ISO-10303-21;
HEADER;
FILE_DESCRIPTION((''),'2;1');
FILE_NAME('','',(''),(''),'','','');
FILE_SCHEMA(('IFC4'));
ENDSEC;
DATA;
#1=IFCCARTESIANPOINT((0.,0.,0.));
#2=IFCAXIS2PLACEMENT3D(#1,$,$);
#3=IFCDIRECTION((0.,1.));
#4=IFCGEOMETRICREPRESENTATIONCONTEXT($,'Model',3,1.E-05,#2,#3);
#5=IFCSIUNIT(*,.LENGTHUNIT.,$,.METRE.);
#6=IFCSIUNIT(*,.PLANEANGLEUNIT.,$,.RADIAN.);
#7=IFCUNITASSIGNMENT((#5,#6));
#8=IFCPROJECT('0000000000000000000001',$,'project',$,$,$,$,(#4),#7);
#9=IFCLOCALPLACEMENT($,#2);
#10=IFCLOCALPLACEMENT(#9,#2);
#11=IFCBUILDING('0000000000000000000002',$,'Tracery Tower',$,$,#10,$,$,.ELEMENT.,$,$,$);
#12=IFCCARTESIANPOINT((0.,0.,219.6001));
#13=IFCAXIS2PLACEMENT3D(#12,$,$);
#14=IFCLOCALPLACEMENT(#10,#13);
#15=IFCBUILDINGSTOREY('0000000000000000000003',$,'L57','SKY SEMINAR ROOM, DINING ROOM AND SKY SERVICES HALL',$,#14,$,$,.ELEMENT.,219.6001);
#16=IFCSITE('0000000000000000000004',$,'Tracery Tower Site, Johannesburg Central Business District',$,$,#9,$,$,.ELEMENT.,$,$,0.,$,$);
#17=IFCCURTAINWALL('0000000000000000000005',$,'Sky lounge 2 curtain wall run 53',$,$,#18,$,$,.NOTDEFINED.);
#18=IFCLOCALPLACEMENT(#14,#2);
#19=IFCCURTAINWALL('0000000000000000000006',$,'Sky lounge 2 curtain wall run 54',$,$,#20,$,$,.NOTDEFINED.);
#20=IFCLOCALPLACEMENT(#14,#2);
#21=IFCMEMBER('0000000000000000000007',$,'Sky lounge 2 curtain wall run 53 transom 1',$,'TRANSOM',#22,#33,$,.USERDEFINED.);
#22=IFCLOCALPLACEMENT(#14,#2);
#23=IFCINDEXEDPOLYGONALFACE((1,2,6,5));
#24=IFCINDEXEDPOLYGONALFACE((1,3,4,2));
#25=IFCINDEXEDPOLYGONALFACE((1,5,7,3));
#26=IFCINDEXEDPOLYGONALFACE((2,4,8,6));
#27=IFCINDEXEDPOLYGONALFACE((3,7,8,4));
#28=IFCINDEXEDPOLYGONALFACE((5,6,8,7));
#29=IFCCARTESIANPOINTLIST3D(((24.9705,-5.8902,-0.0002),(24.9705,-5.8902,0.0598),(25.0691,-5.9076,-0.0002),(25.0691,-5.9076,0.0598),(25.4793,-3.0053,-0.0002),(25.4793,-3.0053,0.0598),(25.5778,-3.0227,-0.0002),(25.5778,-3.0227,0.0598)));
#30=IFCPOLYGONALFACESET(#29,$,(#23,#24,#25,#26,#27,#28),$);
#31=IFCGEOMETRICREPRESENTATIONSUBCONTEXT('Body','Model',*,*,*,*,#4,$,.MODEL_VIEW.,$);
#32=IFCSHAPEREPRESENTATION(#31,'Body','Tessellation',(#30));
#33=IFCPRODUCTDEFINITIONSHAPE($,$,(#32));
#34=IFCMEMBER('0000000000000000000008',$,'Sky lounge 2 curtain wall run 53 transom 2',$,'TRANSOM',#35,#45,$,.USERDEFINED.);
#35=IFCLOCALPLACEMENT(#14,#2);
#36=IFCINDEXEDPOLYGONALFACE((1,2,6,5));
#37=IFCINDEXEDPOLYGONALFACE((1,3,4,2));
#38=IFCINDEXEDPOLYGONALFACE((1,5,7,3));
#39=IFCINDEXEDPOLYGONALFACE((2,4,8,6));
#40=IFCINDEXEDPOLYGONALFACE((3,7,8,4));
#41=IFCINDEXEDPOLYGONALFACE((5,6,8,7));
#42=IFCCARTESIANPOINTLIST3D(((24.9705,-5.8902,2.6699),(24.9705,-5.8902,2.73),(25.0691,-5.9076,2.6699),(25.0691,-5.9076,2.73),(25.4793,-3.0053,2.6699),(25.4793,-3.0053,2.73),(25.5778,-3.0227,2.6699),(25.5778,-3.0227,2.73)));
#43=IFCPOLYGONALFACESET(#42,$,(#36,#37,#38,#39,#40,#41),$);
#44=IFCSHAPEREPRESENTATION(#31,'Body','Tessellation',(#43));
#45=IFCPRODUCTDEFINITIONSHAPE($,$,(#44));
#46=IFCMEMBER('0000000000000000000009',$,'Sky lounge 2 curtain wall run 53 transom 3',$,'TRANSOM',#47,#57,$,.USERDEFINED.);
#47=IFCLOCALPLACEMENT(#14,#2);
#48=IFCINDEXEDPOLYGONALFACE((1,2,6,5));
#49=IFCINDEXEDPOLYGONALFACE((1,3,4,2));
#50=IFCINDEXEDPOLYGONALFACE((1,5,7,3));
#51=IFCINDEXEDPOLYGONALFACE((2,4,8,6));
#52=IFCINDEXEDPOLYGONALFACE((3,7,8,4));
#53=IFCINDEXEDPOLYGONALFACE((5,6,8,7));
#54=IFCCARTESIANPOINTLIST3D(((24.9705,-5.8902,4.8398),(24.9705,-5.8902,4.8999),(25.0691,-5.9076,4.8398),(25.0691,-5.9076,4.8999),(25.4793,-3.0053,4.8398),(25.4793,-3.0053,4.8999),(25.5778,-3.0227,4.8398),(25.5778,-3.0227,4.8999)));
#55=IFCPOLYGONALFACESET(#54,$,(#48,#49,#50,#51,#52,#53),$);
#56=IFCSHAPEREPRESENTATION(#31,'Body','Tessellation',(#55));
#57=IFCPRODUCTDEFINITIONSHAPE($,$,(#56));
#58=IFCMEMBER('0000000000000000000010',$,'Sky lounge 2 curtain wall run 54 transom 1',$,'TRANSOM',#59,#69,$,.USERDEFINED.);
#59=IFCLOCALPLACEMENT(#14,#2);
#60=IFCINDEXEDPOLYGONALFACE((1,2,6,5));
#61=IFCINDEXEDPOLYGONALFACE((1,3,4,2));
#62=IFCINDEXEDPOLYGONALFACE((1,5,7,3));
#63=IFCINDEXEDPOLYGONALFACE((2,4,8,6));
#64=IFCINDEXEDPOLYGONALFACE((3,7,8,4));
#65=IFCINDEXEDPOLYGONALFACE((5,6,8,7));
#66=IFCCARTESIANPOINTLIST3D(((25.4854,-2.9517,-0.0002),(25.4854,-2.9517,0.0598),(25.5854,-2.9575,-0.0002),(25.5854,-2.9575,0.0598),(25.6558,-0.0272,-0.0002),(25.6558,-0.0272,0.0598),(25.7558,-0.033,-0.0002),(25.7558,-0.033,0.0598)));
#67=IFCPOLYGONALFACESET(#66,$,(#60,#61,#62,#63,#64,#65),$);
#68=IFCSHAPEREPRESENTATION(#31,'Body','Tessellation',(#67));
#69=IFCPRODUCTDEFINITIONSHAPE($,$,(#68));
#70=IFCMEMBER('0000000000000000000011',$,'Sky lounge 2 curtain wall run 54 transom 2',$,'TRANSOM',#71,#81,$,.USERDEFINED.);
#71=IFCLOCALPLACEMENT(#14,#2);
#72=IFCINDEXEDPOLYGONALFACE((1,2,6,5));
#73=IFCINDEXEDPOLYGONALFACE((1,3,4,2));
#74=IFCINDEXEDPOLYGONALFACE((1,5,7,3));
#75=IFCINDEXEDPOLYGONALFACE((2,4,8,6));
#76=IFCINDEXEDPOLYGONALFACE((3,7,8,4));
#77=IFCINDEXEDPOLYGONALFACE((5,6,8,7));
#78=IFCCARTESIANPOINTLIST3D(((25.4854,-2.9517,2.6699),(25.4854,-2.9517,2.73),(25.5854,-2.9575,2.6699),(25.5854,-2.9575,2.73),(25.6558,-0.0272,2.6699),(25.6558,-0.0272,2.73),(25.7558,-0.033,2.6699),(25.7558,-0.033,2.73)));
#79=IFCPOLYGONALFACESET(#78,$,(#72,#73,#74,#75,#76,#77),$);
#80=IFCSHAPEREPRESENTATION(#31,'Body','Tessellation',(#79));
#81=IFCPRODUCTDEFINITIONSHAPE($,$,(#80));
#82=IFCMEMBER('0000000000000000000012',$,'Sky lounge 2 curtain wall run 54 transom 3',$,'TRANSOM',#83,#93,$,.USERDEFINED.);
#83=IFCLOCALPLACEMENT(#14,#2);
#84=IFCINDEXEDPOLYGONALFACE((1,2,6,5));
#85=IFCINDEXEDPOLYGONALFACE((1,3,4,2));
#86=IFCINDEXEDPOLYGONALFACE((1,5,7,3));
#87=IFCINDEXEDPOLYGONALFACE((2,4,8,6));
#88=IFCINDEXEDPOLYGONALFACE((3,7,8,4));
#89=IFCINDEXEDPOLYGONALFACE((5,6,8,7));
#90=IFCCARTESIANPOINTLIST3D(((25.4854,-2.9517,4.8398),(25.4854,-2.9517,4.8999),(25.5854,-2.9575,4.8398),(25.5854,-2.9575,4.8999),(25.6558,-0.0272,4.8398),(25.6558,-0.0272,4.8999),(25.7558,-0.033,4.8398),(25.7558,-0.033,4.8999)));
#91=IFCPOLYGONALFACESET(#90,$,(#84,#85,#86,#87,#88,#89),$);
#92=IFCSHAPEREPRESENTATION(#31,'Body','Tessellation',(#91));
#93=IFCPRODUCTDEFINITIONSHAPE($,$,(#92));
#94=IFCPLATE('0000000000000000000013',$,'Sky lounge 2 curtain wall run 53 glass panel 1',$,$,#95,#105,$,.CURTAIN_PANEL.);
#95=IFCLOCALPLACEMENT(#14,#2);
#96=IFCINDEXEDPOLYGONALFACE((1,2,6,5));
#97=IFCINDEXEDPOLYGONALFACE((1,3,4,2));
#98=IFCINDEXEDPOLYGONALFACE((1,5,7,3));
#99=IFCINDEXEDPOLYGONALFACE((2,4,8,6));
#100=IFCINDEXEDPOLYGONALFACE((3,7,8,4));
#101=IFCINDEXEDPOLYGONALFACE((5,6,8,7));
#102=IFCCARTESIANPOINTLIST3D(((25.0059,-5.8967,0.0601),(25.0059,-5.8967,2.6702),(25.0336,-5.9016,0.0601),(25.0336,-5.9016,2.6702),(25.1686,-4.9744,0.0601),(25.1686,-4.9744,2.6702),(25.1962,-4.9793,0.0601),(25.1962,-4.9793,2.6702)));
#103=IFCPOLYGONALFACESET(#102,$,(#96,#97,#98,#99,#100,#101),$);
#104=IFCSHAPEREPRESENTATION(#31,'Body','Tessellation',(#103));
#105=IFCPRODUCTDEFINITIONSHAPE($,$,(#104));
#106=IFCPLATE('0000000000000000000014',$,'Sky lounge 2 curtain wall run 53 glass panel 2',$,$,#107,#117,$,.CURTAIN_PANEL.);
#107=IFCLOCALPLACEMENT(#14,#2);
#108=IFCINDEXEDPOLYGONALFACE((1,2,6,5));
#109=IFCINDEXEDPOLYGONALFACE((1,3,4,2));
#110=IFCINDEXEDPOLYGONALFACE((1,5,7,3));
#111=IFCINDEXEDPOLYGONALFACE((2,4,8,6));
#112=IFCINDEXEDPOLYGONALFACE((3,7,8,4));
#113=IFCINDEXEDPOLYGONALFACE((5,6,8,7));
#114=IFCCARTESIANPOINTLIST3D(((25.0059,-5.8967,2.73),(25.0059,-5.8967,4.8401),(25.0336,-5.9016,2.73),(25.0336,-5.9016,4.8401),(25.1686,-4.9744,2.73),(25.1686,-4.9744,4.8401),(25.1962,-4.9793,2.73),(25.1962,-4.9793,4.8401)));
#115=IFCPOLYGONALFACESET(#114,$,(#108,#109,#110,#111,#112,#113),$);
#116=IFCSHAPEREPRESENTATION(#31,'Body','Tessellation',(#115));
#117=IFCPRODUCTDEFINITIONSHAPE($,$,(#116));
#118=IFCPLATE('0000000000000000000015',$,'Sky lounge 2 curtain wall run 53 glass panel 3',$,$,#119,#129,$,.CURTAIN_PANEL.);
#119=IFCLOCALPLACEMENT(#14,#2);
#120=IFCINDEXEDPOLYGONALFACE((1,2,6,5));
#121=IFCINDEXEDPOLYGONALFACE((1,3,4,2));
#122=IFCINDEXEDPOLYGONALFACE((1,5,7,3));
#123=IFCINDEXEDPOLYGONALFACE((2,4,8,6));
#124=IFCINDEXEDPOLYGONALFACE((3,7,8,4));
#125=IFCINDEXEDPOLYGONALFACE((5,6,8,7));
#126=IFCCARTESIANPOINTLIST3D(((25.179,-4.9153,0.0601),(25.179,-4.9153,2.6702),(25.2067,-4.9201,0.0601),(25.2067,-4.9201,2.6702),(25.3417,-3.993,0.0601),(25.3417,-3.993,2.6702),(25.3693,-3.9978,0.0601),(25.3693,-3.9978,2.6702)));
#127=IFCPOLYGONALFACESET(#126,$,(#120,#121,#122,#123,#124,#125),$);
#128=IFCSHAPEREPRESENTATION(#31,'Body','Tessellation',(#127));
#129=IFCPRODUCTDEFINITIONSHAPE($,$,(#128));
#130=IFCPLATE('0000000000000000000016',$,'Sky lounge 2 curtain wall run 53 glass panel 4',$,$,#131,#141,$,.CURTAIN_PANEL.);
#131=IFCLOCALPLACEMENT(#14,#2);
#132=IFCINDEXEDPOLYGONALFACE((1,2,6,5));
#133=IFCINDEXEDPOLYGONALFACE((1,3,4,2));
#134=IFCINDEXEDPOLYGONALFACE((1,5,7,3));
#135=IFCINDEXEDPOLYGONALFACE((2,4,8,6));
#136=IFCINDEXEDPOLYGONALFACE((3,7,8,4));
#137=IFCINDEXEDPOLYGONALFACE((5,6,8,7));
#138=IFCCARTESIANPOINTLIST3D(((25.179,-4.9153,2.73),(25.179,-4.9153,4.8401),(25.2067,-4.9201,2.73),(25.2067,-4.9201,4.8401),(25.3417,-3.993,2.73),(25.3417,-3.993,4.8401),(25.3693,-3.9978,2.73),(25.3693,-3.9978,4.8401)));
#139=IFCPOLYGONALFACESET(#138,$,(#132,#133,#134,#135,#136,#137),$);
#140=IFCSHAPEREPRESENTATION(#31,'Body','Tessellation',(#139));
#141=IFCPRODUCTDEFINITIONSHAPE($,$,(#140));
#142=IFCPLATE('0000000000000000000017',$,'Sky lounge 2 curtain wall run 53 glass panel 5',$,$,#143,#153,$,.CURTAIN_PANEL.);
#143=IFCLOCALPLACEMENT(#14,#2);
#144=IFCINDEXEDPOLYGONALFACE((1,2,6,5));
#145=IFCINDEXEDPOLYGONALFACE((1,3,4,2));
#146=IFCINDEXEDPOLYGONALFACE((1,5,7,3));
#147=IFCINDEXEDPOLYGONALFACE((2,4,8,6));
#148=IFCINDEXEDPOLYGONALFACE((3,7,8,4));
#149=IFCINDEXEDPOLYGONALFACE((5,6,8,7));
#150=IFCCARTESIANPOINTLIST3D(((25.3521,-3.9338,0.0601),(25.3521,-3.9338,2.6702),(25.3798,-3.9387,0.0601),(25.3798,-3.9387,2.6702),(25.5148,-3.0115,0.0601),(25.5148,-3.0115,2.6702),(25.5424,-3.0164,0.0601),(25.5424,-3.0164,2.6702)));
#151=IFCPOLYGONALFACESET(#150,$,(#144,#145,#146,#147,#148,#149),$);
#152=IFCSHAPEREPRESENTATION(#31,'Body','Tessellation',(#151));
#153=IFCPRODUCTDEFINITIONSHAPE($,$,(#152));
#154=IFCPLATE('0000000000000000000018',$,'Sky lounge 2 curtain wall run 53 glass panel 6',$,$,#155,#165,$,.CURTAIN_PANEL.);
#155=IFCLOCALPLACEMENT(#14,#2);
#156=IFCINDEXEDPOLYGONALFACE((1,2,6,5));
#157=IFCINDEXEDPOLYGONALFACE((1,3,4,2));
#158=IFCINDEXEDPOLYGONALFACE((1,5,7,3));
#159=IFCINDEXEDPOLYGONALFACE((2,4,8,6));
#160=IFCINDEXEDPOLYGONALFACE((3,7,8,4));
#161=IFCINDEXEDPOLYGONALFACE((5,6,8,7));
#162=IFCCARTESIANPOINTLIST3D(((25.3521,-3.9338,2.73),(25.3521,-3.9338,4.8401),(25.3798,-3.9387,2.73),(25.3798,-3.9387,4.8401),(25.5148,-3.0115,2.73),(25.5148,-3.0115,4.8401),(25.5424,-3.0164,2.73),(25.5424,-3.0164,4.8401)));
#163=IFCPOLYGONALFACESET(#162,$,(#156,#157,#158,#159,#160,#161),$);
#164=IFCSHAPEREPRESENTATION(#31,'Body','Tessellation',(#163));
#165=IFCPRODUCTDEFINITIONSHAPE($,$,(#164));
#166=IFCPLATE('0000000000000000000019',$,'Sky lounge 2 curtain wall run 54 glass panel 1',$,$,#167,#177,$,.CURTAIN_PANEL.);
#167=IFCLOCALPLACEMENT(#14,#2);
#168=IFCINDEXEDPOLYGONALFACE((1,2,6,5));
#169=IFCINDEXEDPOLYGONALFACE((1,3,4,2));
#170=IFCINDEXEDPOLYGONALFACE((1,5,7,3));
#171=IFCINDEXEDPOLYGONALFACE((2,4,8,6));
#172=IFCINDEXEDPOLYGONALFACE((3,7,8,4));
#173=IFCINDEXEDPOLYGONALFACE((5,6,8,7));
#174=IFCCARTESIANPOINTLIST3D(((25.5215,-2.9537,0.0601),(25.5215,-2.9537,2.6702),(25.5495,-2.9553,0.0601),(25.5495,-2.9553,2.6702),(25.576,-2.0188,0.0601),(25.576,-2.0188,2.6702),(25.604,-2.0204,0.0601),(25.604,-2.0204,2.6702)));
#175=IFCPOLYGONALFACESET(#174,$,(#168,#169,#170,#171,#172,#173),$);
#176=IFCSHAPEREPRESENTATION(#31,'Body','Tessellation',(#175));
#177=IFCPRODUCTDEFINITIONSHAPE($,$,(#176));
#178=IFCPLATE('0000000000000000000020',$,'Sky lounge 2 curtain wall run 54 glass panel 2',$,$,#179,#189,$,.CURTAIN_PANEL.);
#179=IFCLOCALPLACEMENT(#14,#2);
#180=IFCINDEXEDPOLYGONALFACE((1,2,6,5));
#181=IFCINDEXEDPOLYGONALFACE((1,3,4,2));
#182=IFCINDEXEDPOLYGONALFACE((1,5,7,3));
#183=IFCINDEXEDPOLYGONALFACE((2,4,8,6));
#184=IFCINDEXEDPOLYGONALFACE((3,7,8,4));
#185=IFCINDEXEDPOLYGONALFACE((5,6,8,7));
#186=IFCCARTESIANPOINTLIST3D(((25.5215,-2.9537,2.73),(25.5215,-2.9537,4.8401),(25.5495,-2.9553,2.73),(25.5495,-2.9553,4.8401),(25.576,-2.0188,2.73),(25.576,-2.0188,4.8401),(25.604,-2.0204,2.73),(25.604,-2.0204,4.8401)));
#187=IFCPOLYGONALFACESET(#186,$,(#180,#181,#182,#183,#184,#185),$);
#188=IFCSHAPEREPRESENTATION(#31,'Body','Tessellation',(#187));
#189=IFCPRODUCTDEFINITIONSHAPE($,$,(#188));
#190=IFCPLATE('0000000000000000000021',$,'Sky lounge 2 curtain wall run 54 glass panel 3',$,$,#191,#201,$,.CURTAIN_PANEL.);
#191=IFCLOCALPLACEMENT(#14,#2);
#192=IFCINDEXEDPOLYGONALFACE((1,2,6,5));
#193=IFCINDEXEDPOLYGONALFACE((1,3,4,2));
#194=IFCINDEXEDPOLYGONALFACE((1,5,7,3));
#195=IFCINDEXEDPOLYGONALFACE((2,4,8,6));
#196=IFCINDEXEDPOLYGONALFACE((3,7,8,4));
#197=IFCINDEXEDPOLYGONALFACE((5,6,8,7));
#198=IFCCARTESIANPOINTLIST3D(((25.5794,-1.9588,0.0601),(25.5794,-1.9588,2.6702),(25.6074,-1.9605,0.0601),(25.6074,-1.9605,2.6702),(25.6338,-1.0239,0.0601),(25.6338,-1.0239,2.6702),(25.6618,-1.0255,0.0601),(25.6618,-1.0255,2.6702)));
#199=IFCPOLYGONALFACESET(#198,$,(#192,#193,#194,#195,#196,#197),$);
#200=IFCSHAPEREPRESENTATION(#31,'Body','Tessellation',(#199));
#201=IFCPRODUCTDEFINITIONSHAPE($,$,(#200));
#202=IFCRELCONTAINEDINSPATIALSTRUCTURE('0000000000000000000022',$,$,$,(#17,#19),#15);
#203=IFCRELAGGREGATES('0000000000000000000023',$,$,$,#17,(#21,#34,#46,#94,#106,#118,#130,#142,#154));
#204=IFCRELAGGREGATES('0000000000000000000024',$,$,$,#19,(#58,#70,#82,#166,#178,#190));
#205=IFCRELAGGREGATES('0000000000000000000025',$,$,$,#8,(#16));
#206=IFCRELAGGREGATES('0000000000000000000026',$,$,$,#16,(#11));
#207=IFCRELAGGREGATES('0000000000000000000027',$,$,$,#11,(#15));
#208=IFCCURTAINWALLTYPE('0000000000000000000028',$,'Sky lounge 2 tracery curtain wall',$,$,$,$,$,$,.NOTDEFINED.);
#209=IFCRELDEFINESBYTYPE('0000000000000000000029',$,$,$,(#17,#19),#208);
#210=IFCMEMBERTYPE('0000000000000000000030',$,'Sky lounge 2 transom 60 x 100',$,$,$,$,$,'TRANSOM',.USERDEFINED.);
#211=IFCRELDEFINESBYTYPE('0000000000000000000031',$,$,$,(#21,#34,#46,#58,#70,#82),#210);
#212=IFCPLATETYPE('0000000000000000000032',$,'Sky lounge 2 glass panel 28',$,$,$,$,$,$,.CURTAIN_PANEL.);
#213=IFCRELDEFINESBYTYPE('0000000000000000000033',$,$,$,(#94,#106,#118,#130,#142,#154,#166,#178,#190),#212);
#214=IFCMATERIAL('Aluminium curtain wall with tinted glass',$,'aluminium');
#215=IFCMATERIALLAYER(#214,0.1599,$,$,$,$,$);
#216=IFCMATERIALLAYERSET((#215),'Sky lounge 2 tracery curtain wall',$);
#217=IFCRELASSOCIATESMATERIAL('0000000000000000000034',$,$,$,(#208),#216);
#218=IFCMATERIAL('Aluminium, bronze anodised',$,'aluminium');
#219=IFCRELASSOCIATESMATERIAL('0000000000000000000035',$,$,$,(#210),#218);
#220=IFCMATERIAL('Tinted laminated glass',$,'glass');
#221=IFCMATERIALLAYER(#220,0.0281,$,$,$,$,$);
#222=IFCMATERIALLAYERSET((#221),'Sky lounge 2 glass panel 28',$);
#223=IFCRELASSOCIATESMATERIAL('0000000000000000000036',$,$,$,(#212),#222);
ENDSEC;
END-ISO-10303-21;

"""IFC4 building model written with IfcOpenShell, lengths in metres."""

from ifc_helpers import new_model, si_unit, direction, frame, origin, origin_2d, place, context, subcontext, project, spatial, rectangle, extrude, material, layer, layer_set, material_profile, profile_set, type_object, element, aggregate, save


model = new_model("IFC4")

# Units and contexts
model_context = context("Model", 3, precision=1e-05, world=origin(), true_north=direction((0.0, 1.0)))
body_context = subcontext(model_context, "Body", "Model", "MODEL_VIEW")
ifc_project = project(units=[si_unit("LENGTHUNIT", "METRE"), si_unit("PLANEANGLEUNIT", "RADIAN")], contexts=[model_context])

# Site, building, storey
site_placement = place(None, origin())
site = spatial("IfcSite", under=ifc_project, at=site_placement, Name="Tracery Tower Site, Johannesburg Central Business District", CompositionType="ELEMENT", RefElevation=0.0)
building_placement = place(site_placement, origin())
building = spatial("IfcBuilding", under=site, at=building_placement, Name="Tracery Tower", CompositionType="ELEMENT")
storey_placement = place(building_placement, frame((0.0, 0.0, 219.6001)))
storey = spatial("IfcBuildingStorey", under=building, at=storey_placement, Name="L57", Description="SKY SEMINAR ROOM, DINING ROOM AND SKY SERVICES HALL", CompositionType="ELEMENT", Elevation=219.6001)

# Curtain walls
ifc_material_1 = material(Name="Aluminium curtain wall with tinted glass", Category="aluminium")
ifc_layer_1 = layer(ifc_material_1, 0.1599)
ifc_layer_set_1 = layer_set([ifc_layer_1], Name="Sky lounge 2 tracery curtain wall")
curtain_wall_type = type_object("IfcCurtainWallType", Name="Sky lounge 2 tracery curtain wall", PredefinedType="NOTDEFINED", material=ifc_layer_set_1)
curtain_wall_1_placement = place(storey_placement, origin())
curtain_wall_1 = element("IfcCurtainWall", 1, at=curtain_wall_1_placement, inside=storey, type_object=curtain_wall_type, Name="Sky lounge 2 curtain wall run 53", PredefinedType="NOTDEFINED")
curtain_wall_2_placement = place(storey_placement, origin())
curtain_wall_2 = element("IfcCurtainWall", 2, at=curtain_wall_2_placement, inside=storey, type_object=curtain_wall_type, Name="Sky lounge 2 curtain wall run 54", PredefinedType="NOTDEFINED")

# Members
ifc_material_2 = material(Name="Aluminium, bronze anodised", Category="aluminium")
ifc_material_profile_1 = material_profile(ifc_material_2, rectangle(XDim=0.1001, YDim=0.0601, at=origin_2d()), Name="AL 60x100")
ifc_profile_set_1 = profile_set([ifc_material_profile_1], Name="Aluminium, bronze anodised")
member_type_1 = type_object("IfcMemberType", Name="Sky lounge 2 transom 60 x 100", ElementType="TRANSOM", PredefinedType="USERDEFINED", material=ifc_profile_set_1)
member_1_placement = place(storey_placement, frame((25.0198, -5.8989, 0.0298), z_axis=(0.173676, 0.984803, 0.0), x_axis=(-0.984803, 0.173676, 0.0)))
member_1 = element("IfcMember", 3, at=member_1_placement, type_object=member_type_1, Name="Sky lounge 2 curtain wall run 53 transom 1", ObjectType="TRANSOM", PredefinedType="USERDEFINED", context=body_context, shape_type="SweptSolid", body=[
    extrude(rectangle(XDim=0.1001, YDim=0.0601, at=origin_2d()), origin(), (0.0, 0.0, 1.0), 2.9294),
])
member_2_placement = place(storey_placement, frame((25.0198, -5.8989, 2.7), z_axis=(0.173676, 0.984803, 0.0), x_axis=(-0.984803, 0.173676, 0.0)))
member_2 = element("IfcMember", 4, at=member_2_placement, type_object=member_type_1, Name="Sky lounge 2 curtain wall run 53 transom 2", ObjectType="TRANSOM", PredefinedType="USERDEFINED", context=body_context, shape_type="SweptSolid", body=[
    extrude(rectangle(XDim=0.1001, YDim=0.0601, at=origin_2d()), origin(), (0.0, 0.0, 1.0), 2.9294),
])
member_3_placement = place(storey_placement, frame((25.0198, -5.8989, 4.8699), z_axis=(0.173676, 0.984803, 0.0), x_axis=(-0.984803, 0.173676, 0.0)))
member_3 = element("IfcMember", 5, at=member_3_placement, type_object=member_type_1, Name="Sky lounge 2 curtain wall run 53 transom 3", ObjectType="TRANSOM", PredefinedType="USERDEFINED", context=body_context, shape_type="SweptSolid", body=[
    extrude(rectangle(XDim=0.1001, YDim=0.0601, at=origin_2d()), origin(), (0.0, 0.0, 1.0), 2.9294),
])
member_4_placement = place(storey_placement, frame((25.5354, -2.9546, 0.0298), z_axis=(0.05817, 0.998307, 0.0), x_axis=(-0.998307, 0.05817, 0.0)))
member_4 = element("IfcMember", 6, at=member_4_placement, type_object=member_type_1, Name="Sky lounge 2 curtain wall run 54 transom 1", ObjectType="TRANSOM", PredefinedType="USERDEFINED", context=body_context, shape_type="SweptSolid", body=[
    extrude(rectangle(XDim=0.1001, YDim=0.0601, at=origin_2d()), origin(), (0.0, 0.0, 1.0), 2.9294),
])
member_5_placement = place(storey_placement, frame((25.5354, -2.9546, 2.7), z_axis=(0.05817, 0.998307, 0.0), x_axis=(-0.998307, 0.05817, 0.0)))
member_5 = element("IfcMember", 7, at=member_5_placement, type_object=member_type_1, Name="Sky lounge 2 curtain wall run 54 transom 2", ObjectType="TRANSOM", PredefinedType="USERDEFINED", context=body_context, shape_type="SweptSolid", body=[
    extrude(rectangle(XDim=0.1001, YDim=0.0601, at=origin_2d()), origin(), (0.0, 0.0, 1.0), 2.9294),
])
member_6_placement = place(storey_placement, frame((25.5354, -2.9546, 4.8699), z_axis=(0.05817, 0.998307, 0.0), x_axis=(-0.998307, 0.05817, 0.0)))
member_6 = element("IfcMember", 8, at=member_6_placement, type_object=member_type_1, Name="Sky lounge 2 curtain wall run 54 transom 3", ObjectType="TRANSOM", PredefinedType="USERDEFINED", context=body_context, shape_type="SweptSolid", body=[
    extrude(rectangle(XDim=0.1001, YDim=0.0601, at=origin_2d()), origin(), (0.0, 0.0, 1.0), 2.9294),
])

# Plates
ifc_material_3 = material(Name="Tinted laminated glass", Category="glass")
ifc_layer_2 = layer(ifc_material_3, 0.0281)
ifc_layer_set_2 = layer_set([ifc_layer_2], Name="Sky lounge 2 glass panel 28")
plate_type = type_object("IfcPlateType", Name="Sky lounge 2 glass panel 28", PredefinedType="CURTAIN_PANEL", material=ifc_layer_set_2)
plate_1_placement = place(storey_placement, frame((25.1011, -5.438, 0.0601), z_axis=(0.0, 0.0, 1.0), x_axis=(0.173648, 0.984808, 0.0)))
plate_1 = element("IfcPlate", 9, at=plate_1_placement, type_object=plate_type, Name="Sky lounge 2 curtain wall run 53 glass panel 1", PredefinedType="CURTAIN_PANEL", context=body_context, shape_type="SweptSolid", body=[
    extrude(rectangle(XDim=0.9365, YDim=0.0281, at=origin_2d()), origin(), (0.0, 0.0, 1.0), 2.6101),
])
plate_2_placement = place(storey_placement, frame((25.1011, -5.438, 2.73), z_axis=(0.0, 0.0, 1.0), x_axis=(0.173648, 0.984808, 0.0)))
plate_2 = element("IfcPlate", 10, at=plate_2_placement, type_object=plate_type, Name="Sky lounge 2 curtain wall run 53 glass panel 2", PredefinedType="CURTAIN_PANEL", context=body_context, shape_type="SweptSolid", body=[
    extrude(rectangle(XDim=0.9365, YDim=0.0281, at=origin_2d()), origin(), (0.0, 0.0, 1.0), 2.1101),
])
plate_3_placement = place(storey_placement, frame((25.2742, -4.4565, 0.0601), z_axis=(0.0, 0.0, 1.0), x_axis=(0.173648, 0.984808, 0.0)))
plate_3 = element("IfcPlate", 11, at=plate_3_placement, type_object=plate_type, Name="Sky lounge 2 curtain wall run 53 glass panel 3", PredefinedType="CURTAIN_PANEL", context=body_context, shape_type="SweptSolid", body=[
    extrude(rectangle(XDim=0.9365, YDim=0.0281, at=origin_2d()), origin(), (0.0, 0.0, 1.0), 2.6101),
])
plate_4_placement = place(storey_placement, frame((25.2742, -4.4565, 2.73), z_axis=(0.0, 0.0, 1.0), x_axis=(0.173648, 0.984808, 0.0)))
plate_4 = element("IfcPlate", 12, at=plate_4_placement, type_object=plate_type, Name="Sky lounge 2 curtain wall run 53 glass panel 4", PredefinedType="CURTAIN_PANEL", context=body_context, shape_type="SweptSolid", body=[
    extrude(rectangle(XDim=0.9365, YDim=0.0281, at=origin_2d()), origin(), (0.0, 0.0, 1.0), 2.1101),
])
plate_5_placement = place(storey_placement, frame((25.4473, -3.4751, 0.0601), z_axis=(0.0, 0.0, 1.0), x_axis=(0.173648, 0.984808, 0.0)))
plate_5 = element("IfcPlate", 13, at=plate_5_placement, type_object=plate_type, Name="Sky lounge 2 curtain wall run 53 glass panel 5", PredefinedType="CURTAIN_PANEL", context=body_context, shape_type="SweptSolid", body=[
    extrude(rectangle(XDim=0.9365, YDim=0.0281, at=origin_2d()), origin(), (0.0, 0.0, 1.0), 2.6101),
])
plate_6_placement = place(storey_placement, frame((25.4473, -3.4751, 2.73), z_axis=(0.0, 0.0, 1.0), x_axis=(0.173648, 0.984808, 0.0)))
plate_6 = element("IfcPlate", 14, at=plate_6_placement, type_object=plate_type, Name="Sky lounge 2 curtain wall run 53 glass panel 6", PredefinedType="CURTAIN_PANEL", context=body_context, shape_type="SweptSolid", body=[
    extrude(rectangle(XDim=0.9365, YDim=0.0281, at=origin_2d()), origin(), (0.0, 0.0, 1.0), 2.1101),
])
aggregate(curtain_wall_1, [member_1, member_2, member_3, plate_1, plate_2, plate_3, plate_4, plate_5, plate_6])
plate_7_placement = place(storey_placement, frame((25.5627, -2.4871, 0.0601), z_axis=(0.0, 0.0, 1.0), x_axis=(0.058145, 0.998308, 0.0)))
plate_7 = element("IfcPlate", 15, at=plate_7_placement, type_object=plate_type, Name="Sky lounge 2 curtain wall run 54 glass panel 1", PredefinedType="CURTAIN_PANEL", context=body_context, shape_type="SweptSolid", body=[
    extrude(rectangle(XDim=0.9365, YDim=0.0281, at=origin_2d()), origin(), (0.0, 0.0, 1.0), 2.6101),
])
plate_8_placement = place(storey_placement, frame((25.5627, -2.4871, 2.73), z_axis=(0.0, 0.0, 1.0), x_axis=(0.058145, 0.998308, 0.0)))
plate_8 = element("IfcPlate", 16, at=plate_8_placement, type_object=plate_type, Name="Sky lounge 2 curtain wall run 54 glass panel 2", PredefinedType="CURTAIN_PANEL", context=body_context, shape_type="SweptSolid", body=[
    extrude(rectangle(XDim=0.9365, YDim=0.0281, at=origin_2d()), origin(), (0.0, 0.0, 1.0), 2.1101),
])
plate_9_placement = place(storey_placement, frame((25.6206, -1.4922, 0.0601), z_axis=(0.0, 0.0, 1.0), x_axis=(0.058145, 0.998308, 0.0)))
plate_9 = element("IfcPlate", 17, at=plate_9_placement, type_object=plate_type, Name="Sky lounge 2 curtain wall run 54 glass panel 3", PredefinedType="CURTAIN_PANEL", context=body_context, shape_type="SweptSolid", body=[
    extrude(rectangle(XDim=0.9365, YDim=0.0281, at=origin_2d()), origin(), (0.0, 0.0, 1.0), 2.6101),
])
aggregate(curtain_wall_2, [member_4, member_5, member_6, plate_7, plate_8, plate_9])

save(model, "model.ifc")
